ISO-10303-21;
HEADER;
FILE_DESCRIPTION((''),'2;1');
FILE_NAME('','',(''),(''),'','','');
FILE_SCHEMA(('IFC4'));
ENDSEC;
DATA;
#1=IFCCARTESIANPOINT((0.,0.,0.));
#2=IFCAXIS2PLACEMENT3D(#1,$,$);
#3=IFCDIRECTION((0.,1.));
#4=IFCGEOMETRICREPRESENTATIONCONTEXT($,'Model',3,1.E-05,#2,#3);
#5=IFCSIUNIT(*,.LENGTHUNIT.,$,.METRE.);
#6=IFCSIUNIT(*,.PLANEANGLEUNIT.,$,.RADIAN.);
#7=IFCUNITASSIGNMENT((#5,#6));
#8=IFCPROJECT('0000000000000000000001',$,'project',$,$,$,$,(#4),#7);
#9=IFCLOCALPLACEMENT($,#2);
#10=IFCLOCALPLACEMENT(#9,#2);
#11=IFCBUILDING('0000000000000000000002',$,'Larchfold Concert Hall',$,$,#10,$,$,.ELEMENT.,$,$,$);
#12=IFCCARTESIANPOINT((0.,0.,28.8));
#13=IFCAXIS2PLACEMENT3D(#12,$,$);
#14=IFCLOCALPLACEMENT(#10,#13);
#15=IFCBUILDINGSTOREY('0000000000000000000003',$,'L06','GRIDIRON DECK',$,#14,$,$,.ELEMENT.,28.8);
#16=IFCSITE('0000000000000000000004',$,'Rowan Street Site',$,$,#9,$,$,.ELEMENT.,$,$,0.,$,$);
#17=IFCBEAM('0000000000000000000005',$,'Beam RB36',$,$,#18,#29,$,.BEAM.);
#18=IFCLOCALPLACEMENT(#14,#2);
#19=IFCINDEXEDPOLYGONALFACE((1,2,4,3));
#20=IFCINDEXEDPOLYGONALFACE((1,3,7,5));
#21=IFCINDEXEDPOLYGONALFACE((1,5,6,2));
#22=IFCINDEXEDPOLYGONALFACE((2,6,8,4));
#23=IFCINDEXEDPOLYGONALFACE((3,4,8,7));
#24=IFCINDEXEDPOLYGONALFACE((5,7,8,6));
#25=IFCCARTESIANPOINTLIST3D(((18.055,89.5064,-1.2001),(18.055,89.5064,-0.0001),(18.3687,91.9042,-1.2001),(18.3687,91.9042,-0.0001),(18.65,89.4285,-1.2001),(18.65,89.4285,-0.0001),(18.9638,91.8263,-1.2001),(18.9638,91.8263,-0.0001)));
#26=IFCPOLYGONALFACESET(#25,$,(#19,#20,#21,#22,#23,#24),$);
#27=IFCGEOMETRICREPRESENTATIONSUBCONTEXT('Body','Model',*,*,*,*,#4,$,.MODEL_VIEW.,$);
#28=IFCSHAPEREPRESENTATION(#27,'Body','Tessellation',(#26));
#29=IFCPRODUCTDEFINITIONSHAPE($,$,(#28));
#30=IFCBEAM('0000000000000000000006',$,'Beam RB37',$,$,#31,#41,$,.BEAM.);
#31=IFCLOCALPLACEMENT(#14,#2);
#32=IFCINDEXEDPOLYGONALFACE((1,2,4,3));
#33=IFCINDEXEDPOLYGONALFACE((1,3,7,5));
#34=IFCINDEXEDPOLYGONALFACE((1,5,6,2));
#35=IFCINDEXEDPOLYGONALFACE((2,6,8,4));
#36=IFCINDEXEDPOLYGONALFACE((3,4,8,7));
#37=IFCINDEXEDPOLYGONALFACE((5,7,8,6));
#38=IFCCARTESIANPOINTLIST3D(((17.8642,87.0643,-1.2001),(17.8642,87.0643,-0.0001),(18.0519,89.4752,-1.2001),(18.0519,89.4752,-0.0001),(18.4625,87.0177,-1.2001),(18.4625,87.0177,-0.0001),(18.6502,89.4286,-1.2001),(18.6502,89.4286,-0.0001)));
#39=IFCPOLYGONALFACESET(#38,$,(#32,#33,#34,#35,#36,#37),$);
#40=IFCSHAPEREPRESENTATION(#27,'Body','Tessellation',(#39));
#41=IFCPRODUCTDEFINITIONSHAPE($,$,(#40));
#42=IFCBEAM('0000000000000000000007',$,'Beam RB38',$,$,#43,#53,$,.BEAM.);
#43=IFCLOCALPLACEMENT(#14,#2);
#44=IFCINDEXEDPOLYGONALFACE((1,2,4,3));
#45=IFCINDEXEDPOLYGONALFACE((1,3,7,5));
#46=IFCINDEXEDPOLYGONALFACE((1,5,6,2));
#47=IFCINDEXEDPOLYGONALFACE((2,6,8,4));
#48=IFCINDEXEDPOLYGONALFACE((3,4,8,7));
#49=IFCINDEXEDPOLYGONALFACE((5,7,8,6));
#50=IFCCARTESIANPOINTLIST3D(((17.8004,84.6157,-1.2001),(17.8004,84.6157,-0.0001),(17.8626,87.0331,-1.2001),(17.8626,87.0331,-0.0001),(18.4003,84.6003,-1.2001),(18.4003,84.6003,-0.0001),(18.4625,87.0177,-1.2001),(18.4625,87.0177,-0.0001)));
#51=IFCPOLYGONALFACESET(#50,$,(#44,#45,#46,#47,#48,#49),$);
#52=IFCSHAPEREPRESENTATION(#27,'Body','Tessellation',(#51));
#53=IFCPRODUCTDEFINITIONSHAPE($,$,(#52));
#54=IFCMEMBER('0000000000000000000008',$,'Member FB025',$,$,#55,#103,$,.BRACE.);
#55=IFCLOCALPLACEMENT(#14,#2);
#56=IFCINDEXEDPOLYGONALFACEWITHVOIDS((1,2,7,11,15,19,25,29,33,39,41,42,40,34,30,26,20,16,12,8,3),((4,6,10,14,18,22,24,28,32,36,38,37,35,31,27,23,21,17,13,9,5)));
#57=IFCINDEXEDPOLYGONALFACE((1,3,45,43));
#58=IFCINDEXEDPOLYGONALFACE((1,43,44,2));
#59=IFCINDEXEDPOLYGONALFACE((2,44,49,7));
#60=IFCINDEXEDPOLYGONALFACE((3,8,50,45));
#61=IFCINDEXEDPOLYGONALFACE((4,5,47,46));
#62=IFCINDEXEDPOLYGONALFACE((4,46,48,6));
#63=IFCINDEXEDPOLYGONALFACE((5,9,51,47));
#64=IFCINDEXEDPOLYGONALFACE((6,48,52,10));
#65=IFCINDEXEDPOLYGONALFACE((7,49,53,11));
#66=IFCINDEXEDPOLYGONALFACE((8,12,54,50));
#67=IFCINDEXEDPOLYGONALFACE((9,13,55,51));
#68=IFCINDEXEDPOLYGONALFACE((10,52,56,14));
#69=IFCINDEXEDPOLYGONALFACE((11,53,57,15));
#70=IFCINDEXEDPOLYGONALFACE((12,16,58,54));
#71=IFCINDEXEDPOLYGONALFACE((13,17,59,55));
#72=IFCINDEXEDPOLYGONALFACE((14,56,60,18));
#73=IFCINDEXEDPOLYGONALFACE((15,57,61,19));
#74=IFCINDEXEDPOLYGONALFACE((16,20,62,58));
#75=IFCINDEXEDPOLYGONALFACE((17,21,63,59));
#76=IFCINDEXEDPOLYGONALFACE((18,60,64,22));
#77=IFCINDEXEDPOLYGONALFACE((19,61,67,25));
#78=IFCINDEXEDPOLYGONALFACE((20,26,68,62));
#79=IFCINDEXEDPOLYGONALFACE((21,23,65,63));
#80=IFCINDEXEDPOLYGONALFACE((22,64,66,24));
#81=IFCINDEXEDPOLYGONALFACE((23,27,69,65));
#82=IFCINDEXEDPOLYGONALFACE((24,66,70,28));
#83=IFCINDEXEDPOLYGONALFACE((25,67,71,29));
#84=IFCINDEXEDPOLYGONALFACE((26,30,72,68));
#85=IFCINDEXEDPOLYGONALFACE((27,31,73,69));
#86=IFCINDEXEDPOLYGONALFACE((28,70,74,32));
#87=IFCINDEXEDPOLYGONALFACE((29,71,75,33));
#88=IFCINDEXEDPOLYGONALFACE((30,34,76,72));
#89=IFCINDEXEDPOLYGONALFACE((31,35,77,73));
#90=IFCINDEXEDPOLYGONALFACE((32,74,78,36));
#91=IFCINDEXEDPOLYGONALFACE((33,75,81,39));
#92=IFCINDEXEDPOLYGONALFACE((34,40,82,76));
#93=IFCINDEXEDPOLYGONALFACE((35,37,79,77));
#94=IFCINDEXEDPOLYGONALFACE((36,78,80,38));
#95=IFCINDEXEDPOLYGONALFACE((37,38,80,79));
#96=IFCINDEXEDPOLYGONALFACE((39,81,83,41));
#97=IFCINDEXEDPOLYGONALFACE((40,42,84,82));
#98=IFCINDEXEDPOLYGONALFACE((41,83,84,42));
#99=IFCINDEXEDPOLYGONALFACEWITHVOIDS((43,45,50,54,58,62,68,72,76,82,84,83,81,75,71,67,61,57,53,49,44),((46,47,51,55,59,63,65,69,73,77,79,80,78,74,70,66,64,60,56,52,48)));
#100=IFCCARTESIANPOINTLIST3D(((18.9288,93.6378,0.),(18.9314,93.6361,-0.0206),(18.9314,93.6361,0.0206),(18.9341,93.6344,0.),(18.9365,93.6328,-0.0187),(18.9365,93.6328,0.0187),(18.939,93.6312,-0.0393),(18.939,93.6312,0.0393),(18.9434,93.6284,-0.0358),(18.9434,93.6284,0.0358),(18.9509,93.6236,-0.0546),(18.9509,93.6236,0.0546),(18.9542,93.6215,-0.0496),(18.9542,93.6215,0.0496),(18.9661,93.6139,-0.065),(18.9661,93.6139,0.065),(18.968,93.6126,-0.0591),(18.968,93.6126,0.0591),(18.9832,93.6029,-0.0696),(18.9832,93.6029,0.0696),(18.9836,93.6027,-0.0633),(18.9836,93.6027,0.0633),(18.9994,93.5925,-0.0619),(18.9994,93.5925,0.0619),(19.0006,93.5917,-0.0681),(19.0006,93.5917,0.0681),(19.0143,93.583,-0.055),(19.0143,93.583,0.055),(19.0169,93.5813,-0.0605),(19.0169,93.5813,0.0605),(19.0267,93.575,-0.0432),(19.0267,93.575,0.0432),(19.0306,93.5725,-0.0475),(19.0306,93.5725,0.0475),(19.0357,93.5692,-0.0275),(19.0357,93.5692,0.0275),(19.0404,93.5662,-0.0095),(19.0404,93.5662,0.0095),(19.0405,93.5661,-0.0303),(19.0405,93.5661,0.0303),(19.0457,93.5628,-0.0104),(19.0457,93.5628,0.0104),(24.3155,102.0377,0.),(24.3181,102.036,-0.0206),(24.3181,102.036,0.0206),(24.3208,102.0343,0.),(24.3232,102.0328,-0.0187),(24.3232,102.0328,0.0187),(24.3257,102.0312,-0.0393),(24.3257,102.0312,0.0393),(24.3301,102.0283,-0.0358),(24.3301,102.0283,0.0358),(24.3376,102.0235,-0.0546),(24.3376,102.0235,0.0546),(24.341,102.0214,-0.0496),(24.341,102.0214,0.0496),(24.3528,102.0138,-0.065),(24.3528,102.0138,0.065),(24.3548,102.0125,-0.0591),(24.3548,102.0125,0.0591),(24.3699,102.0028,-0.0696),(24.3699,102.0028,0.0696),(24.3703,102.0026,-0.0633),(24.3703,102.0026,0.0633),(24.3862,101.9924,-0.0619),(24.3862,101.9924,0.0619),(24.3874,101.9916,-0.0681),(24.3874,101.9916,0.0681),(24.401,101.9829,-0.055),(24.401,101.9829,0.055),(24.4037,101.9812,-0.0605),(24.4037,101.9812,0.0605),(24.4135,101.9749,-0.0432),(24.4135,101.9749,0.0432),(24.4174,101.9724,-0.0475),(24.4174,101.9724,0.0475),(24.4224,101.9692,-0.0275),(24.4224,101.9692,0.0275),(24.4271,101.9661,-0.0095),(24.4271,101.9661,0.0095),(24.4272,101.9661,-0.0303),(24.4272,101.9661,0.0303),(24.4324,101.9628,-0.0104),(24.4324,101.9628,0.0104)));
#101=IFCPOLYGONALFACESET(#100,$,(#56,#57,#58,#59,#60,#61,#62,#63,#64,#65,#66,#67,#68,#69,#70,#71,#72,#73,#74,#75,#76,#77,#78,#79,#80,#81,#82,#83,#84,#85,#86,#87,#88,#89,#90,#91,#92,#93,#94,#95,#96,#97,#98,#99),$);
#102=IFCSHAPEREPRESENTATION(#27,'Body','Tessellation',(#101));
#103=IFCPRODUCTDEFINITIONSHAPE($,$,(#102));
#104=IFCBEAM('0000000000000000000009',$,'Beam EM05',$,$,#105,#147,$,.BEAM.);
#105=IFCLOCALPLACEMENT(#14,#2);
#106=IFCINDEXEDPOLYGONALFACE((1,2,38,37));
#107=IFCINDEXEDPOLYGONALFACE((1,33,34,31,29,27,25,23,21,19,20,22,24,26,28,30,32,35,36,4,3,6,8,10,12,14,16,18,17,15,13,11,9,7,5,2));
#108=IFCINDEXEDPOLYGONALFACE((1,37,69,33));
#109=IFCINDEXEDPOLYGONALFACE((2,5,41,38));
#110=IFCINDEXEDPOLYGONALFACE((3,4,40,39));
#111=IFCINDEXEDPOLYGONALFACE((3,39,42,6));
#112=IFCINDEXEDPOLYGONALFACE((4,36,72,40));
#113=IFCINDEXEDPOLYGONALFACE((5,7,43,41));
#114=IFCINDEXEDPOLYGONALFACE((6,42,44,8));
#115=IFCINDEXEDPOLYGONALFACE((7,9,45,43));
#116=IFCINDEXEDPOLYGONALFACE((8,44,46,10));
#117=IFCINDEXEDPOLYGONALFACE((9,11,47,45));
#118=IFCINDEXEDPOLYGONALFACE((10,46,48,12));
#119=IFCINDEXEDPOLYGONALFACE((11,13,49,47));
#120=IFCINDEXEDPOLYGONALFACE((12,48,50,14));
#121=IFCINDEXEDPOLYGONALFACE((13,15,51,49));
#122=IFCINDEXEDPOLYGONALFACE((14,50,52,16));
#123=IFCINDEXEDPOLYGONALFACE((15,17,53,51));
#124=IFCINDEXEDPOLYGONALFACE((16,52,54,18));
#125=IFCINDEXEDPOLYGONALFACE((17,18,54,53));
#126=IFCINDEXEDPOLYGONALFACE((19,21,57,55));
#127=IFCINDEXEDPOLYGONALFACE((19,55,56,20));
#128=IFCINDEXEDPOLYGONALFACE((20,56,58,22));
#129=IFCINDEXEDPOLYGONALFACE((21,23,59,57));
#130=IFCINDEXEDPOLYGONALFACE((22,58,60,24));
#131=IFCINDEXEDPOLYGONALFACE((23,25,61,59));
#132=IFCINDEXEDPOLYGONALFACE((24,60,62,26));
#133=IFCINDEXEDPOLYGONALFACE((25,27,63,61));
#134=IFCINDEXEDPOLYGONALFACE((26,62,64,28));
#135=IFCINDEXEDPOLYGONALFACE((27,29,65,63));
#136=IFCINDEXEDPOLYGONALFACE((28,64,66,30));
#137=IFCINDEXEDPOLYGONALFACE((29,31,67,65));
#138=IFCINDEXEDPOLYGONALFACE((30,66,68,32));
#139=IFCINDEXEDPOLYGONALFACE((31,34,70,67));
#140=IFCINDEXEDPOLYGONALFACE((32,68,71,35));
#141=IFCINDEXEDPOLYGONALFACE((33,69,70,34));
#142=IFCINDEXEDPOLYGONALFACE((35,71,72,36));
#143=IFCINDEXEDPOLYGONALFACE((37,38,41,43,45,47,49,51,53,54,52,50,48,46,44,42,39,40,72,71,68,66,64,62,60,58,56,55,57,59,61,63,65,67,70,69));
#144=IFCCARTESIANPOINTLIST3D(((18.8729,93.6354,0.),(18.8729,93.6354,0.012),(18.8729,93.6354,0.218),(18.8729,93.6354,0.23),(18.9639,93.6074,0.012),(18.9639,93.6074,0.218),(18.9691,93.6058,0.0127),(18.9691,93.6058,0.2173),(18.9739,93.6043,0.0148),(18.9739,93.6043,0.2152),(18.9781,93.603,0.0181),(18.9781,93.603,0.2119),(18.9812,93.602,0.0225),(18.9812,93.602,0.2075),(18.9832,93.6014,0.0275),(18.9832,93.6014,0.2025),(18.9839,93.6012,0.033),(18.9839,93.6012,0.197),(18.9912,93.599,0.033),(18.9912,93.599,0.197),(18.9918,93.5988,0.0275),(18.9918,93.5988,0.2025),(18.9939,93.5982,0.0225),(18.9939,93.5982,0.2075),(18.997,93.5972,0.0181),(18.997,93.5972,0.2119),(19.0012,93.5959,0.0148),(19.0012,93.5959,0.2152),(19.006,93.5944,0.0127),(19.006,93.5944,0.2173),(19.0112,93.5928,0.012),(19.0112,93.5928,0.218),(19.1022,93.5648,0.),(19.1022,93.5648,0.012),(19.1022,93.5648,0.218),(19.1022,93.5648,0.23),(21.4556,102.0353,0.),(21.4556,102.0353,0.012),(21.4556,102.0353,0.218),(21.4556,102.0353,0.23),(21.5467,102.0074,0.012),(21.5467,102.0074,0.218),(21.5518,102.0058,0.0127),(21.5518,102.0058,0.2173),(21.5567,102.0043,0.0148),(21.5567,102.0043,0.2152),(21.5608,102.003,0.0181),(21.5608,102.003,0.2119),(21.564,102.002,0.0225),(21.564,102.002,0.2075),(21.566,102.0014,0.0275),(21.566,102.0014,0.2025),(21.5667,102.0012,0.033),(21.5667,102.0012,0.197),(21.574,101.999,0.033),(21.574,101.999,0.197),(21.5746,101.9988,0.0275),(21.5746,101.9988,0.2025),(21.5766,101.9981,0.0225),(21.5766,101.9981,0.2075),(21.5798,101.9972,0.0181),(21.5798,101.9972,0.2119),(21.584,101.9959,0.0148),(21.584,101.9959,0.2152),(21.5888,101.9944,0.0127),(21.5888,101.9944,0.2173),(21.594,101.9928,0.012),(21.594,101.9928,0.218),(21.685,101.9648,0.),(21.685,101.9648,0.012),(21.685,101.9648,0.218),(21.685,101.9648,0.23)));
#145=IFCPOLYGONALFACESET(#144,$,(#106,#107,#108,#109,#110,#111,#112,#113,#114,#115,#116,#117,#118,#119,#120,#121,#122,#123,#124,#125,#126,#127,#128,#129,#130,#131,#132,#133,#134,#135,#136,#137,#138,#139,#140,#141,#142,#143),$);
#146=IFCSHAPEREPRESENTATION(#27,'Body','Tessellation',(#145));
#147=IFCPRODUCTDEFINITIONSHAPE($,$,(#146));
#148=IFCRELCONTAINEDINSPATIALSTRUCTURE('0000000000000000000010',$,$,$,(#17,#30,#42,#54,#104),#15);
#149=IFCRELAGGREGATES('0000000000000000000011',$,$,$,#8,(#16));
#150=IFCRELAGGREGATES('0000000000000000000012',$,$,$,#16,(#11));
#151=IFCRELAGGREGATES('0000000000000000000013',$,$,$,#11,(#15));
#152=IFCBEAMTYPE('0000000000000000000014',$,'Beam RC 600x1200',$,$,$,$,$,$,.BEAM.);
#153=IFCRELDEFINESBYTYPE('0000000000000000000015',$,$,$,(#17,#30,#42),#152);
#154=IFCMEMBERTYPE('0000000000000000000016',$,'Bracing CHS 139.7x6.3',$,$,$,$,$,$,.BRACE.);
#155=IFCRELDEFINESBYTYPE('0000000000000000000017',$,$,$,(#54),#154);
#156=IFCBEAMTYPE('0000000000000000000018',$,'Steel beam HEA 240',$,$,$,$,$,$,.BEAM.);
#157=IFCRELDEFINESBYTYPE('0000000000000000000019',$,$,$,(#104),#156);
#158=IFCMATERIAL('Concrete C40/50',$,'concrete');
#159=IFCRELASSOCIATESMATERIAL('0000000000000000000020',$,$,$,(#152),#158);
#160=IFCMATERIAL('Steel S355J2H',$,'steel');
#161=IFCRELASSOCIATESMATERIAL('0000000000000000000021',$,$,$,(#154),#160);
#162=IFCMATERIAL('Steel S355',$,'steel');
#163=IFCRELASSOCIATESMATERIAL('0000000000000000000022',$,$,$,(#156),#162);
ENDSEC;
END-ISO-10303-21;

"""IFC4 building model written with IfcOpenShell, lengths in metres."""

from ifc_helpers import new_model, si_unit, direction, frame, origin, origin_2d, place, context, subcontext, project, spatial, rectangle, hollow_circle, i_section, extrude, material, material_profile, profile_set, type_object, element, save


model = new_model("IFC4")

# Units and contexts
model_context = context("Model", 3, precision=1e-05, world=origin(), true_north=direction((0.0, 1.0)))
body_context = subcontext(model_context, "Body", "Model", "MODEL_VIEW")
ifc_project = project(units=[si_unit("LENGTHUNIT", "METRE"), si_unit("PLANEANGLEUNIT", "RADIAN")], contexts=[model_context])

# Site, building, storey
site_placement = place(None, origin())
site = spatial("IfcSite", under=ifc_project, at=site_placement, Name="Rowan Street Site", CompositionType="ELEMENT", RefElevation=0.0)
building_placement = place(site_placement, origin())
building = spatial("IfcBuilding", under=site, at=building_placement, Name="Larchfold Concert Hall", CompositionType="ELEMENT")
storey_placement = place(building_placement, frame((0.0, 0.0, 28.8)))
storey = spatial("IfcBuildingStorey", under=building, at=storey_placement, Name="L06", Description="GRIDIRON DECK", CompositionType="ELEMENT", Elevation=28.8)

# Beams
ifc_material_1 = material(Name="Concrete C40/50", Category="concrete")
ifc_material_profile_1 = material_profile(ifc_material_1, rectangle(XDim=0.6001, YDim=1.2, at=origin_2d()))
ifc_profile_set_1 = profile_set([ifc_material_profile_1], Name="Concrete C40/50")
beam_type_1 = type_object("IfcBeamType", Name="Beam RC 600x1200", PredefinedType="BEAM", material=ifc_profile_set_1)
for number, where, z_axis, x_axis, name in (
    (1, (18.6663, 91.8652, -0.6001), (-0.129736, -0.991549, 0.0), (0.991549, -0.129736, 0.0), "Beam RB36"),
    (2, (18.3511, 89.4519, -0.6001), (-0.077638, -0.996982, 0.0), (0.996982, -0.077638, 0.0), "Beam RB37"),
    (3, (18.1626, 87.0254, -0.6001), (-0.025744, -0.999669, 0.0), (0.999669, -0.025744, 0.0), "Beam RB38"),
):
    element("IfcBeam", number, at=place(storey_placement, frame(where, z_axis=z_axis, x_axis=x_axis)), inside=storey, type_object=beam_type_1, Name=name, PredefinedType="BEAM", context=body_context, shape_type="SweptSolid", body=[
        extrude(rectangle(XDim=0.6001, YDim=1.2, at=origin_2d()), origin(), (0.0, 0.0, 1.0), 2.4182),
    ])

# Member
ifc_material_2 = material(Name="Steel S355J2H", Category="steel")
ifc_material_profile_2 = material_profile(ifc_material_2, hollow_circle(Radius=0.0698, WallThickness=0.0063, at=origin_2d()))
ifc_profile_set_2 = profile_set([ifc_material_profile_2], Name="Steel S355J2H")
member_type_1 = type_object("IfcMemberType", Name="Bracing CHS 139.7x6.3", PredefinedType="BRACE", material=ifc_profile_set_2)
member_1_placement = place(storey_placement, frame((18.9875, 93.6001, 0.0), z_axis=(0.53982, 0.841781, 0.0), x_axis=(-0.841781, 0.53982, 0.0)))
element("IfcMember", 4, at=member_1_placement, inside=storey, type_object=member_type_1, Name="Member FB025", PredefinedType="BRACE", context=body_context, shape_type="SweptSolid", body=[
    extrude(hollow_circle(Radius=0.0698, WallThickness=0.0063, at=origin_2d()), origin(), (0.0, 0.0, 1.0), 9.9788),
])

# Beam
ifc_material_3 = material(Name="Steel S355", Category="steel")
ifc_material_profile_3 = material_profile(ifc_material_3, i_section(OverallWidth=0.24, OverallDepth=0.23, WebThickness=0.0076, FlangeThickness=0.012, FilletRadius=0.021, at=origin_2d()))
ifc_profile_set_3 = profile_set([ifc_material_profile_3], Name="Steel S355")
beam_type_2 = type_object("IfcBeamType", Name="Steel beam HEA 240", PredefinedType="BEAM", material=ifc_profile_set_3)
beam_1_placement = place(storey_placement, frame((18.9875, 93.6001, 0.115), z_axis=(0.293896, 0.955837, 0.0), x_axis=(-0.955837, 0.293896, 0.0)))
element("IfcBeam", 5, at=beam_1_placement, inside=storey, type_object=beam_type_2, Name="Beam EM05", PredefinedType="BEAM", context=body_context, shape_type="SweptSolid", body=[
    extrude(i_section(OverallWidth=0.24, OverallDepth=0.23, WebThickness=0.0076, FlangeThickness=0.012, FilletRadius=0.021, at=origin_2d()), origin(), (0.0, 0.0, 1.0), 8.7881),
])

save(model, "model.ifc")
